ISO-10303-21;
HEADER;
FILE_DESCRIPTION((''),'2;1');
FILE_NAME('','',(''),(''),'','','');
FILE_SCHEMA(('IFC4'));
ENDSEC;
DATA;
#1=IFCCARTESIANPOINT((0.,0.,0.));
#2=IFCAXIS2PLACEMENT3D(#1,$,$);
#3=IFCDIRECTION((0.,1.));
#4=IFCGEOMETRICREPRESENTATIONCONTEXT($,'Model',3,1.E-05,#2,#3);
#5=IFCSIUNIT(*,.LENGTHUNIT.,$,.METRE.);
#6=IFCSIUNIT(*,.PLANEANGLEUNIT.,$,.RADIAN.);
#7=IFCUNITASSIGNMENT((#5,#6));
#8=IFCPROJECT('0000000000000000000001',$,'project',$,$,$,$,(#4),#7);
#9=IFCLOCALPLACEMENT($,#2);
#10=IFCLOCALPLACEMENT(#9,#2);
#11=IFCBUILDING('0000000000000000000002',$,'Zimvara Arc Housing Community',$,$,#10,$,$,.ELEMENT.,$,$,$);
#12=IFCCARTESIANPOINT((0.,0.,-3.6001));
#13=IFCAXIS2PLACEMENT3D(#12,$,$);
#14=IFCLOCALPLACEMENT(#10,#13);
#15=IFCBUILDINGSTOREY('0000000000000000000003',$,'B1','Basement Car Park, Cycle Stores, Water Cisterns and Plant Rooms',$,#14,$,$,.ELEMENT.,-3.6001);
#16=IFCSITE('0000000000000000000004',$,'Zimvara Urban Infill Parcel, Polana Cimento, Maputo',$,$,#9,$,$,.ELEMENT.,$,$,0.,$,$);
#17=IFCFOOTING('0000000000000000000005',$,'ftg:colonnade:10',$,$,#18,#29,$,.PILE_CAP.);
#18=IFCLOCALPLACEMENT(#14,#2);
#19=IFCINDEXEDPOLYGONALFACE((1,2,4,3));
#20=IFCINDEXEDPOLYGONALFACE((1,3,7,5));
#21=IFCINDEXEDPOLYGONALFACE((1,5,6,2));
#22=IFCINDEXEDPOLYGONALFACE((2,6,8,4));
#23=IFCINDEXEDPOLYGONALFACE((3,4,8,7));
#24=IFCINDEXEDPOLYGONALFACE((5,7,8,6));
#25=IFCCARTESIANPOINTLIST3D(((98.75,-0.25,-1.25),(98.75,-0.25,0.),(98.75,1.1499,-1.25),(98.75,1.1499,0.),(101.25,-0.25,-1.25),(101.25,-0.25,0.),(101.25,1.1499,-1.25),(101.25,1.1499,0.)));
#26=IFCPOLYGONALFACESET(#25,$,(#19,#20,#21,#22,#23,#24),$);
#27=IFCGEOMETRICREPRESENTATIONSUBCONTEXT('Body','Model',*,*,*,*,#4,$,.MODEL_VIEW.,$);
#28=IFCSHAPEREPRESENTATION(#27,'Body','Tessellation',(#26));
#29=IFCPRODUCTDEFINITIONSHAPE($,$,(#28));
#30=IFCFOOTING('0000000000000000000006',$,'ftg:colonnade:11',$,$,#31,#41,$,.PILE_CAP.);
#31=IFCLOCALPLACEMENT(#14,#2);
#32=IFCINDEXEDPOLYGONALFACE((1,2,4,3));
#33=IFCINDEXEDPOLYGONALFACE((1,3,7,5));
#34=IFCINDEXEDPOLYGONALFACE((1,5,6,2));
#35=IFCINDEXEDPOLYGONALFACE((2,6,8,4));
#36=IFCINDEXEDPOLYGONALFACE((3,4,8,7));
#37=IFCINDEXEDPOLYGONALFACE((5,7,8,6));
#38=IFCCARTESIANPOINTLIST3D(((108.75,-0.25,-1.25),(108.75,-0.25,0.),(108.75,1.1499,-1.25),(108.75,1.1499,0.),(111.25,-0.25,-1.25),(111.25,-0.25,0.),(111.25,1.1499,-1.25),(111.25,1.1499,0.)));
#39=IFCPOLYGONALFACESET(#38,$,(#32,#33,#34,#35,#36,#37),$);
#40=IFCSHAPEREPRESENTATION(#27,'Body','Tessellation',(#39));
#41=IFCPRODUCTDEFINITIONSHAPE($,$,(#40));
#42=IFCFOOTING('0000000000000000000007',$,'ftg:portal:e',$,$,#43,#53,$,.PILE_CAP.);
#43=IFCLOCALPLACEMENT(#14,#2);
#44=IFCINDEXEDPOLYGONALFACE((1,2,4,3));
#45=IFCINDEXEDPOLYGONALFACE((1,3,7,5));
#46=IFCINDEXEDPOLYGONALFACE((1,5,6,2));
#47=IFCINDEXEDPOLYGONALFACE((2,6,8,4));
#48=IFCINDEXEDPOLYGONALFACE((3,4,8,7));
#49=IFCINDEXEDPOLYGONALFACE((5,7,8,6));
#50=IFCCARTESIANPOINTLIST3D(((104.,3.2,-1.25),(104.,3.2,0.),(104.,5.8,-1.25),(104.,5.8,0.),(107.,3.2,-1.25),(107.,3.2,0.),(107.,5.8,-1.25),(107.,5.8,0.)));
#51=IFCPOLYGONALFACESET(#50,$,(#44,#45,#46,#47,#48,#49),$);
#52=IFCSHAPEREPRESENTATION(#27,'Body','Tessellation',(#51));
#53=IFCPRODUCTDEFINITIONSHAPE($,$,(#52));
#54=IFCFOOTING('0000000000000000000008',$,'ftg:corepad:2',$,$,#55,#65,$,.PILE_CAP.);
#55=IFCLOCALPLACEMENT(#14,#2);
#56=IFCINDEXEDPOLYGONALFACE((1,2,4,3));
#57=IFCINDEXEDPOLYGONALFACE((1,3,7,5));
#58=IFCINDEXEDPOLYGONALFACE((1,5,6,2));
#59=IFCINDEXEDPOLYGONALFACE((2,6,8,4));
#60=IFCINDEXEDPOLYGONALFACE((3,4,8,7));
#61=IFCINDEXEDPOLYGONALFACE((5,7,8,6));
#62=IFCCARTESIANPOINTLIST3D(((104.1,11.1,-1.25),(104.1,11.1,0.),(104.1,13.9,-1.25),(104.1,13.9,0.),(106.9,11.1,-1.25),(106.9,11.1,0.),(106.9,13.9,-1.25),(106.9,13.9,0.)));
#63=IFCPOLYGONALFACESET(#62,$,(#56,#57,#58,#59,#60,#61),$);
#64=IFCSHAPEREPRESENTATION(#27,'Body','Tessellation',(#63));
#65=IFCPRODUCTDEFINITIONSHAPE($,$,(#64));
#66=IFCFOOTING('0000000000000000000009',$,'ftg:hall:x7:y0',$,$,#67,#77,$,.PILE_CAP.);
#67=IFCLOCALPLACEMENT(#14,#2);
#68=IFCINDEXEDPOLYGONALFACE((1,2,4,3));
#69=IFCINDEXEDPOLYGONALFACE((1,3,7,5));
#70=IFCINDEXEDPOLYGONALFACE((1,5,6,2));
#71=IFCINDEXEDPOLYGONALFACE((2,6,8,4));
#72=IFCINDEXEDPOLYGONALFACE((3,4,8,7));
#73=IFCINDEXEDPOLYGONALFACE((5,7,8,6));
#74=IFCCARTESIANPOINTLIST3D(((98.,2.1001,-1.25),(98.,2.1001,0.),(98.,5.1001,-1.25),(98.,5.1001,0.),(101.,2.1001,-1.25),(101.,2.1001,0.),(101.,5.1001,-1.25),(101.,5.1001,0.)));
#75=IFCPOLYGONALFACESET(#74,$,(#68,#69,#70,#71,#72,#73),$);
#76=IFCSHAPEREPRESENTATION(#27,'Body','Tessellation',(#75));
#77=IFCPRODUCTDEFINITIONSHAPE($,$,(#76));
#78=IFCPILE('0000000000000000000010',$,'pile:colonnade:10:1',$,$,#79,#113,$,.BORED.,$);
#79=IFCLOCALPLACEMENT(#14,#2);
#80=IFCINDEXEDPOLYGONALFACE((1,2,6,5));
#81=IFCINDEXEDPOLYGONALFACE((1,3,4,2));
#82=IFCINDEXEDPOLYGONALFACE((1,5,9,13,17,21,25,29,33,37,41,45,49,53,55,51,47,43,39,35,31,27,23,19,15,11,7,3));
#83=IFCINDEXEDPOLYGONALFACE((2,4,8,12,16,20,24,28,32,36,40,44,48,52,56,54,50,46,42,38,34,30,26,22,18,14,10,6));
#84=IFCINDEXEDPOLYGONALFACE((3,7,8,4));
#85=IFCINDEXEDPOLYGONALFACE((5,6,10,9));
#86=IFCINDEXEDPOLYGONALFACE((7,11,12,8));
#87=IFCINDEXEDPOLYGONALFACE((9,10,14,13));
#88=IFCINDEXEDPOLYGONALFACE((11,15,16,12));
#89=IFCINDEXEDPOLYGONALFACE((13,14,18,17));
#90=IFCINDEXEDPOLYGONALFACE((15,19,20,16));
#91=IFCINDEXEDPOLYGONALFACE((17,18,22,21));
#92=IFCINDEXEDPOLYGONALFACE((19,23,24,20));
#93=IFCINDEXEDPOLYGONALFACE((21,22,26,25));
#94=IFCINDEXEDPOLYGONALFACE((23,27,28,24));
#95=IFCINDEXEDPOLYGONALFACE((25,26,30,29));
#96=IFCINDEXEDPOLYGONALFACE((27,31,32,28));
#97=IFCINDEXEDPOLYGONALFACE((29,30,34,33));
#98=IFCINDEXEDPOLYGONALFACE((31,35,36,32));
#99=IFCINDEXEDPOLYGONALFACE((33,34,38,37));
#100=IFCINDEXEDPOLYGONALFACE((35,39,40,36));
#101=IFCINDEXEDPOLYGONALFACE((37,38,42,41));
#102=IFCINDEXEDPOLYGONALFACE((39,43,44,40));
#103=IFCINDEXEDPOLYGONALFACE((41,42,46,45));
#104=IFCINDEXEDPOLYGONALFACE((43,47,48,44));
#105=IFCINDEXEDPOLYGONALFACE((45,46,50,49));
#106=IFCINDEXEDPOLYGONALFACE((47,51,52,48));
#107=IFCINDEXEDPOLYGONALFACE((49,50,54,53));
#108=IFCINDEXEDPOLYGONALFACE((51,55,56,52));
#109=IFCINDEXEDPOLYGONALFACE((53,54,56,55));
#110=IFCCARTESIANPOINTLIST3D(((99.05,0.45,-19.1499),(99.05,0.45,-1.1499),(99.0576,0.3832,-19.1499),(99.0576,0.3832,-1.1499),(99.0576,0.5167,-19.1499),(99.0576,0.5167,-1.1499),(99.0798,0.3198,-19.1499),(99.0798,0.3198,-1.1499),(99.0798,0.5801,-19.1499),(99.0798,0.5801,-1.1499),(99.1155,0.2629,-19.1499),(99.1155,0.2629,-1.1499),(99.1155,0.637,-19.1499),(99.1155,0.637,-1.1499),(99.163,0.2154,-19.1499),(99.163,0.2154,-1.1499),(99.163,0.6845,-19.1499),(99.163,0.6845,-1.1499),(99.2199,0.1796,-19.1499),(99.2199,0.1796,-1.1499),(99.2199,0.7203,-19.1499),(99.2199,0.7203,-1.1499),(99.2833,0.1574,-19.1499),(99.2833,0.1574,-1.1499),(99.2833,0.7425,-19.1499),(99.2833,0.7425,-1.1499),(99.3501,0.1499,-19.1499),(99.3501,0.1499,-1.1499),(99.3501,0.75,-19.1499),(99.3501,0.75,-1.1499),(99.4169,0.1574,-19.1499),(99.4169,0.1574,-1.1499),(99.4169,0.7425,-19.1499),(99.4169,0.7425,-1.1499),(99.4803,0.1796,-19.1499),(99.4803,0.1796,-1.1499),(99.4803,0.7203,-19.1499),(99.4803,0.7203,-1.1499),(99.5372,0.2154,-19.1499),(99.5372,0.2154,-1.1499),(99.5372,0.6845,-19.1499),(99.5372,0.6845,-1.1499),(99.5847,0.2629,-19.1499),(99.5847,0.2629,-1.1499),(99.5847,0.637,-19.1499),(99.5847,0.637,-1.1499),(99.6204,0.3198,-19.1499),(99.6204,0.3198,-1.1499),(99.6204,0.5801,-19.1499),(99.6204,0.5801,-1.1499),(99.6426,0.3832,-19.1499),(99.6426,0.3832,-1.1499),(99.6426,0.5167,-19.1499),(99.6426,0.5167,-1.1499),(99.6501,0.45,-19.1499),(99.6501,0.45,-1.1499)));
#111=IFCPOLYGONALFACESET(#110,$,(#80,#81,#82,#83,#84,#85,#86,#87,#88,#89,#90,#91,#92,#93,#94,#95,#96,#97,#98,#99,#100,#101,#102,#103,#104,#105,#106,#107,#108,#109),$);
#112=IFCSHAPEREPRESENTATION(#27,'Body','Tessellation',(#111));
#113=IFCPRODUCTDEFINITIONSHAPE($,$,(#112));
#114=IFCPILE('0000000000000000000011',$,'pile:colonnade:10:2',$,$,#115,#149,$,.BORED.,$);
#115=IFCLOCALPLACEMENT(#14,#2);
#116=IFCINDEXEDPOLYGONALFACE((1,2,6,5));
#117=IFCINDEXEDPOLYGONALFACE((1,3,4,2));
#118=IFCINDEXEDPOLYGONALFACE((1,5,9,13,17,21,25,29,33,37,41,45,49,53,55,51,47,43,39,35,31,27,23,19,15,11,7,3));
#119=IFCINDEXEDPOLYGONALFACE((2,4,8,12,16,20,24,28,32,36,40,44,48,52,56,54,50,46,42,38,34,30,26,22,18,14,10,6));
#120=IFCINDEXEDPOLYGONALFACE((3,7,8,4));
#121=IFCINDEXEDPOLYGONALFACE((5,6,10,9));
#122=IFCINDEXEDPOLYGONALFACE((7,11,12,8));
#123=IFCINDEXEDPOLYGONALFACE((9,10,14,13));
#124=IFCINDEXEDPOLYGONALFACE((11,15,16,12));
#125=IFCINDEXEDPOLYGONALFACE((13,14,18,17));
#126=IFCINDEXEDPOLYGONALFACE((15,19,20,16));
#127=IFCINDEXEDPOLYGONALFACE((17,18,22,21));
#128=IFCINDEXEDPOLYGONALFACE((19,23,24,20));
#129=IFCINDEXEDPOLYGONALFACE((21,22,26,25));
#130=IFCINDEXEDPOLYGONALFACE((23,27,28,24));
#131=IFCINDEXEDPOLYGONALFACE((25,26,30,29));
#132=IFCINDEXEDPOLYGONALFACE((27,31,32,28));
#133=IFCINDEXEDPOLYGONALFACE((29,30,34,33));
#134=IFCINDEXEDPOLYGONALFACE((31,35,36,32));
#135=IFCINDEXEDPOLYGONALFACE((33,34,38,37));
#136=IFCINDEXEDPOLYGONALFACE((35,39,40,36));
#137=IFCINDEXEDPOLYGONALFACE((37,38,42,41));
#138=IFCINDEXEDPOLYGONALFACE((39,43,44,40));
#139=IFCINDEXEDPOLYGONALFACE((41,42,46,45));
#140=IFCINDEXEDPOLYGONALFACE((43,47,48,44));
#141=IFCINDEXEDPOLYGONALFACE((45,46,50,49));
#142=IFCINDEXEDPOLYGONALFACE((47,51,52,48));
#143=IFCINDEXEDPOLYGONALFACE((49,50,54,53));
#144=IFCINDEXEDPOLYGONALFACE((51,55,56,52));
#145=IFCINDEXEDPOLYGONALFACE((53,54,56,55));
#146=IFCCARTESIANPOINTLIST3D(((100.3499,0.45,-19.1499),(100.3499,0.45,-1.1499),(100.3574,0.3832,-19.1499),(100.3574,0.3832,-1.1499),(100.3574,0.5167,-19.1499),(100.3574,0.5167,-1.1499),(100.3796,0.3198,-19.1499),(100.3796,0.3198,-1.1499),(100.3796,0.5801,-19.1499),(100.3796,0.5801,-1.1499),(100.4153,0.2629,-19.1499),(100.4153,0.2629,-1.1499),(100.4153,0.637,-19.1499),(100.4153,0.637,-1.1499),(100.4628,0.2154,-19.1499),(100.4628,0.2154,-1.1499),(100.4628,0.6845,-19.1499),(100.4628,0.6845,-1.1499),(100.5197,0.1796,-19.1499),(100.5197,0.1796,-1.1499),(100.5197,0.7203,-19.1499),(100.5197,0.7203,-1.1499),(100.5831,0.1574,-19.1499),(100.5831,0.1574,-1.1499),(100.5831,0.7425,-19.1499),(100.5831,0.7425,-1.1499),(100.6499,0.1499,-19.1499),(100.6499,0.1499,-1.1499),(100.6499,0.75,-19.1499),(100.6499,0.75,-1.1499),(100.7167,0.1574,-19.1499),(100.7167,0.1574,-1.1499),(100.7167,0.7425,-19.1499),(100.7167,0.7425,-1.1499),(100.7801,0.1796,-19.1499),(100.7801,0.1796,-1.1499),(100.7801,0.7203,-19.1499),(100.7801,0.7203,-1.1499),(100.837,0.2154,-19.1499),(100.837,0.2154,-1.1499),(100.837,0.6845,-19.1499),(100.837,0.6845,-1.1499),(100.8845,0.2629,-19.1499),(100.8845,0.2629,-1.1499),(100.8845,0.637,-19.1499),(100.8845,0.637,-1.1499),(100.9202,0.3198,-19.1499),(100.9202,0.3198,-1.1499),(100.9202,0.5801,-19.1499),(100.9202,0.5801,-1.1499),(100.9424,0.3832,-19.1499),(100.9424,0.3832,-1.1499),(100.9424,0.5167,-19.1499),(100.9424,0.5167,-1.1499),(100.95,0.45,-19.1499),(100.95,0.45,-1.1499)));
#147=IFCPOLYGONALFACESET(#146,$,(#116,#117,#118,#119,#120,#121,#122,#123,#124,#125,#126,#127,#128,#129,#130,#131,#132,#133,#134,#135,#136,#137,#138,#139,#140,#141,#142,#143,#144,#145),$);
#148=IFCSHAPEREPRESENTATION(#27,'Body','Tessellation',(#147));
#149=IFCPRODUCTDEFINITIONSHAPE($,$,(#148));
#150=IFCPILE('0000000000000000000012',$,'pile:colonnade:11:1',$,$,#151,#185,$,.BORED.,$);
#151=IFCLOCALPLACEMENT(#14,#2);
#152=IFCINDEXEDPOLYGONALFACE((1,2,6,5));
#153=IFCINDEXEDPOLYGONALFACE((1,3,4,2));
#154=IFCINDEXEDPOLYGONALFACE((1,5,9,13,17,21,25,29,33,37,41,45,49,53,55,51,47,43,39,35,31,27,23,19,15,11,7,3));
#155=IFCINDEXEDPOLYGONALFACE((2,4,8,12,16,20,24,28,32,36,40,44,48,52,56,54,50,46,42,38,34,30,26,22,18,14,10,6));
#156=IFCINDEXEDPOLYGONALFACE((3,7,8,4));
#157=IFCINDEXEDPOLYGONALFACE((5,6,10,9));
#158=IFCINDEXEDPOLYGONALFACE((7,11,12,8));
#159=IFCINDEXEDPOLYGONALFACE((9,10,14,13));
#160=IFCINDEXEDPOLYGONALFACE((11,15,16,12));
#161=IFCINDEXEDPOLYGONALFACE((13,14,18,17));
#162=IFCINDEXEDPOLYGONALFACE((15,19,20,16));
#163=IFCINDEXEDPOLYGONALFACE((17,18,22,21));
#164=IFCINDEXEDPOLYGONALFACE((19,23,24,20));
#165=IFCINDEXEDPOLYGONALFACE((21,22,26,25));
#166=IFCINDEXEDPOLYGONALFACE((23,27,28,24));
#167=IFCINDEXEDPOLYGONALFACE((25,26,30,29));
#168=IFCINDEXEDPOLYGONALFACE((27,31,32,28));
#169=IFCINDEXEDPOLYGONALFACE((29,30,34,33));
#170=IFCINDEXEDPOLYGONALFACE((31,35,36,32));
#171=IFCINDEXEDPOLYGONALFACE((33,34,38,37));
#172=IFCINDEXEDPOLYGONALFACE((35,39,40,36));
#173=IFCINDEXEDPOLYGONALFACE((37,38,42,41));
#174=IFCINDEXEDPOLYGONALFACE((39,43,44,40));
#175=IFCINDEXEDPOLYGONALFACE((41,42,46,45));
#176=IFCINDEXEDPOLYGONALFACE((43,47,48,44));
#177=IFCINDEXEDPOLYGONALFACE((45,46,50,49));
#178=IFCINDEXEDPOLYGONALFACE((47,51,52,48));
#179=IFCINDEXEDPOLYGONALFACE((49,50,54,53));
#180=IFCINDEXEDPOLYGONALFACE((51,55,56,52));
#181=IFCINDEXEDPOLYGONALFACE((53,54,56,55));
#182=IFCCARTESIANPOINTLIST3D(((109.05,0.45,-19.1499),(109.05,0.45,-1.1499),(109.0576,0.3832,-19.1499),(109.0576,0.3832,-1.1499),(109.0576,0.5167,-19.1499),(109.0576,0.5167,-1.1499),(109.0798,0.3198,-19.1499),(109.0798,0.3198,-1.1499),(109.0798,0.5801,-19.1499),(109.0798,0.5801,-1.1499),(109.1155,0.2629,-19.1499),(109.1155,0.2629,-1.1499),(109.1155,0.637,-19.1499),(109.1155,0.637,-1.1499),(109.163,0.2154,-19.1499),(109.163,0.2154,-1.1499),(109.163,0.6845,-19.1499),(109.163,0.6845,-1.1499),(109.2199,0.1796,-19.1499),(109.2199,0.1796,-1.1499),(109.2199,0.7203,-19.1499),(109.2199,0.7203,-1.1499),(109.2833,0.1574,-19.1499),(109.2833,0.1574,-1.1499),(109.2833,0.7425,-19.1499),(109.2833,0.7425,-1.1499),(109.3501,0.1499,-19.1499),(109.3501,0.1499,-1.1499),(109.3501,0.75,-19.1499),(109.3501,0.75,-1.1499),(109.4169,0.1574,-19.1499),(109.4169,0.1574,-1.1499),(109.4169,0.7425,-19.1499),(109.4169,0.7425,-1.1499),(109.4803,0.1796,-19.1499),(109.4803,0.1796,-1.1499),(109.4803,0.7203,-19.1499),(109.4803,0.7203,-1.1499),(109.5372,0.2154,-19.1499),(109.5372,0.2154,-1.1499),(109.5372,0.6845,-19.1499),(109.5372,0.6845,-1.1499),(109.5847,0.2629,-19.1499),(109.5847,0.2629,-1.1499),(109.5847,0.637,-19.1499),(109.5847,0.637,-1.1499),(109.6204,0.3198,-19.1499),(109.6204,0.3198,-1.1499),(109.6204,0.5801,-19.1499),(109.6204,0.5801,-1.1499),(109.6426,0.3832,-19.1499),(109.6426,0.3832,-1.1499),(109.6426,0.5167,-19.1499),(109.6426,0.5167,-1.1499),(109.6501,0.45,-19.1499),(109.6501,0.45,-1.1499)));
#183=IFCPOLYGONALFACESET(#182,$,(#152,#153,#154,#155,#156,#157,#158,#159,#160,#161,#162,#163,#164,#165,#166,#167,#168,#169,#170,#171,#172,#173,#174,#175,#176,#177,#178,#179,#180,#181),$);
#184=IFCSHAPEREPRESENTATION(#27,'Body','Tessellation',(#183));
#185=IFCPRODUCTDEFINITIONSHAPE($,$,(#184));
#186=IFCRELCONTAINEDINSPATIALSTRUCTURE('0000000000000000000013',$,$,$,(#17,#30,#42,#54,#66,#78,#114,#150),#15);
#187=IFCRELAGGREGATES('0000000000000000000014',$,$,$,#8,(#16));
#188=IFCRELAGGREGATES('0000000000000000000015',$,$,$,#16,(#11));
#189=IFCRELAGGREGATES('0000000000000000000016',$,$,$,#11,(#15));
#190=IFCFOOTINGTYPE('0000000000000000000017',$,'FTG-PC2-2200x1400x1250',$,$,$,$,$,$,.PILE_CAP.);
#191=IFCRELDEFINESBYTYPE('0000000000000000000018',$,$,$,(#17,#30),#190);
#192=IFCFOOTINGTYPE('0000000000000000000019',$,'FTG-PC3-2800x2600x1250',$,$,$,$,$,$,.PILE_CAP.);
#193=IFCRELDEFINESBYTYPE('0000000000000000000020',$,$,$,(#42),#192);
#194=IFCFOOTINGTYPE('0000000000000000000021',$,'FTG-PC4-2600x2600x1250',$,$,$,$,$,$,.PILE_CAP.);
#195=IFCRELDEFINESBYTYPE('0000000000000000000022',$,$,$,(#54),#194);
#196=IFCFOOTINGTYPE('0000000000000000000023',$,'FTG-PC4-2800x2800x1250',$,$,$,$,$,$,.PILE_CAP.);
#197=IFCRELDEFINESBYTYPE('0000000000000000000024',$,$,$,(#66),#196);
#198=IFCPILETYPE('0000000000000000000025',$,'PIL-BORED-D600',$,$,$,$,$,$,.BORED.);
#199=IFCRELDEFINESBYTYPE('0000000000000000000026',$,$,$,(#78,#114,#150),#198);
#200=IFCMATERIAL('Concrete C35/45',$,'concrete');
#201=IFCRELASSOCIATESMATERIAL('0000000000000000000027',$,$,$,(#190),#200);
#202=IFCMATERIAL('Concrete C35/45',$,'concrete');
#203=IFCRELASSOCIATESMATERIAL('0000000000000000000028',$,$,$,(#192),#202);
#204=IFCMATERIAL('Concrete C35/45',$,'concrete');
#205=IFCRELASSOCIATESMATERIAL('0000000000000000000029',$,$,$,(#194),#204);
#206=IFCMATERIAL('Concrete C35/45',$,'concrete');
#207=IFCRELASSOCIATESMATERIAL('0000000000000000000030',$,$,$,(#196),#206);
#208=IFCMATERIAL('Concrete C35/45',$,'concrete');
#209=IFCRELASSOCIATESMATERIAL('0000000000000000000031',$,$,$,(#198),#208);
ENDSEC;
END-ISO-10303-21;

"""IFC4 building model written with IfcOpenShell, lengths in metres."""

from ifc_helpers import new_model, si_unit, direction, frame, origin, origin_2d, place, context, subcontext, project, spatial, rectangle, circle, extrude, material, material_profile, profile_set, type_object, element, save


model = new_model("IFC4")

# Units and contexts
model_context = context("Model", 3, precision=1e-05, world=origin(), true_north=direction((0.0, 1.0)))
body_context = subcontext(model_context, "Body", "Model", "MODEL_VIEW")
ifc_project = project(units=[si_unit("LENGTHUNIT", "METRE"), si_unit("PLANEANGLEUNIT", "RADIAN")], contexts=[model_context])

# Site, building, storey
site_placement = place(None, origin())
site = spatial("IfcSite", under=ifc_project, at=site_placement, Name="Zimvara Urban Infill Parcel, Polana Cimento, Maputo", CompositionType="ELEMENT", RefElevation=0.0)
building_placement = place(site_placement, origin())
building = spatial("IfcBuilding", under=site, at=building_placement, Name="Zimvara Arc Housing Community", CompositionType="ELEMENT")
storey_placement = place(building_placement, frame((0.0, 0.0, -3.6001)))
storey = spatial("IfcBuildingStorey", under=building, at=storey_placement, Name="B1", Description="Basement Car Park, Cycle Stores, Water Cisterns and Plant Rooms", CompositionType="ELEMENT", Elevation=-3.6001)

# Footings
ifc_material_1 = material(Name="Concrete C35/45", Category="concrete")
footing_type_1 = type_object("IfcFootingType", Name="FTG-PC2-2200x1400x1250", PredefinedType="PILE_CAP", material=ifc_material_1)
for number, where, z_axis, x_axis, name in (
    (1, (100.0, 0.45, -1.25), (0.0, 0.0, 1.0), (1.0, 0.0, 0.0), "ftg:colonnade:10"),
    (2, (110.0, 0.45, -1.25), (0.0, 0.0, 1.0), (1.0, 0.0, 0.0), "ftg:colonnade:11"),
):
    element("IfcFooting", number, at=place(storey_placement, frame(where, z_axis=z_axis, x_axis=x_axis)), inside=storey, type_object=footing_type_1, Name=name, PredefinedType="PILE_CAP", context=body_context, shape_type="SweptSolid", body=[
        extrude(rectangle(XDim=2.5, YDim=1.3999, at=origin_2d()), origin(), (0.0, 0.0, 1.0), 1.25),
    ])
ifc_material_2 = material(Name="Concrete C35/45", Category="concrete")
footing_type_2 = type_object("IfcFootingType", Name="FTG-PC3-2800x2600x1250", PredefinedType="PILE_CAP", material=ifc_material_2)
footing_1_placement = place(storey_placement, frame((105.5, 4.5, -1.25), z_axis=(0.0, 0.0, 1.0), x_axis=(1.0, 0.0, 0.0)))
element("IfcFooting", 3, at=footing_1_placement, inside=storey, type_object=footing_type_2, Name="ftg:portal:e", PredefinedType="PILE_CAP", context=body_context, shape_type="SweptSolid", body=[
    extrude(rectangle(XDim=3.0, YDim=2.6001, at=origin_2d()), origin(), (0.0, 0.0, 1.0), 1.25),
])
ifc_material_3 = material(Name="Concrete C35/45", Category="concrete")
footing_type_3 = type_object("IfcFootingType", Name="FTG-PC4-2600x2600x1250", PredefinedType="PILE_CAP", material=ifc_material_3)
footing_2_placement = place(storey_placement, frame((105.5, 12.5, -1.25), z_axis=(0.0, 0.0, 1.0), x_axis=(1.0, 0.0, 0.0)))
element("IfcFooting", 4, at=footing_2_placement, inside=storey, type_object=footing_type_3, Name="ftg:corepad:2", PredefinedType="PILE_CAP", context=body_context, shape_type="SweptSolid", body=[
    extrude(rectangle(XDim=2.8, YDim=2.8, at=origin_2d()), origin(), (0.0, 0.0, 1.0), 1.25),
])
ifc_material_4 = material(Name="Concrete C35/45", Category="concrete")
footing_type_4 = type_object("IfcFootingType", Name="FTG-PC4-2800x2800x1250", PredefinedType="PILE_CAP", material=ifc_material_4)
footing_3_placement = place(storey_placement, frame((99.5, 3.6001, -1.25), z_axis=(0.0, 0.0, 1.0), x_axis=(1.0, 0.0, 0.0)))
element("IfcFooting", 5, at=footing_3_placement, inside=storey, type_object=footing_type_4, Name="ftg:hall:x7:y0", PredefinedType="PILE_CAP", context=body_context, shape_type="SweptSolid", body=[
    extrude(rectangle(XDim=3.0, YDim=3.0, at=origin_2d()), origin(), (0.0, 0.0, 1.0), 1.25),
])

# Piles
ifc_material_5 = material(Name="Concrete C35/45", Category="concrete")
ifc_material_profile_1 = material_profile(ifc_material_5, circle(Radius=0.3, at=origin_2d()), Name="PILE D600")
ifc_profile_set_1 = profile_set([ifc_material_profile_1], Name="Concrete C35/45")
pile_type_1 = type_object("IfcPileType", Name="PIL-BORED-D600", PredefinedType="BORED", material=ifc_profile_set_1)
for number, where, z_axis, x_axis, name in (
    (6, (99.3501, 0.45, -1.1499), (0.0, 0.0, -1.0), (1.0, 0.0, 0.0), "pile:colonnade:10:1"),
    (7, (100.6499, 0.45, -1.1499), (0.0, 0.0, -1.0), (1.0, 0.0, 0.0), "pile:colonnade:10:2"),
    (8, (109.3501, 0.45, -1.1499), (0.0, 0.0, -1.0), (1.0, 0.0, 0.0), "pile:colonnade:11:1"),
):
    element("IfcPile", number, at=place(storey_placement, frame(where, z_axis=z_axis, x_axis=x_axis)), inside=storey, type_object=pile_type_1, Name=name, PredefinedType="BORED", context=body_context, shape_type="SweptSolid", body=[
        extrude(circle(Radius=0.3, at=origin_2d()), origin(), (0.0, 0.0, 1.0), 18.0),
    ])

save(model, "model.ifc")
